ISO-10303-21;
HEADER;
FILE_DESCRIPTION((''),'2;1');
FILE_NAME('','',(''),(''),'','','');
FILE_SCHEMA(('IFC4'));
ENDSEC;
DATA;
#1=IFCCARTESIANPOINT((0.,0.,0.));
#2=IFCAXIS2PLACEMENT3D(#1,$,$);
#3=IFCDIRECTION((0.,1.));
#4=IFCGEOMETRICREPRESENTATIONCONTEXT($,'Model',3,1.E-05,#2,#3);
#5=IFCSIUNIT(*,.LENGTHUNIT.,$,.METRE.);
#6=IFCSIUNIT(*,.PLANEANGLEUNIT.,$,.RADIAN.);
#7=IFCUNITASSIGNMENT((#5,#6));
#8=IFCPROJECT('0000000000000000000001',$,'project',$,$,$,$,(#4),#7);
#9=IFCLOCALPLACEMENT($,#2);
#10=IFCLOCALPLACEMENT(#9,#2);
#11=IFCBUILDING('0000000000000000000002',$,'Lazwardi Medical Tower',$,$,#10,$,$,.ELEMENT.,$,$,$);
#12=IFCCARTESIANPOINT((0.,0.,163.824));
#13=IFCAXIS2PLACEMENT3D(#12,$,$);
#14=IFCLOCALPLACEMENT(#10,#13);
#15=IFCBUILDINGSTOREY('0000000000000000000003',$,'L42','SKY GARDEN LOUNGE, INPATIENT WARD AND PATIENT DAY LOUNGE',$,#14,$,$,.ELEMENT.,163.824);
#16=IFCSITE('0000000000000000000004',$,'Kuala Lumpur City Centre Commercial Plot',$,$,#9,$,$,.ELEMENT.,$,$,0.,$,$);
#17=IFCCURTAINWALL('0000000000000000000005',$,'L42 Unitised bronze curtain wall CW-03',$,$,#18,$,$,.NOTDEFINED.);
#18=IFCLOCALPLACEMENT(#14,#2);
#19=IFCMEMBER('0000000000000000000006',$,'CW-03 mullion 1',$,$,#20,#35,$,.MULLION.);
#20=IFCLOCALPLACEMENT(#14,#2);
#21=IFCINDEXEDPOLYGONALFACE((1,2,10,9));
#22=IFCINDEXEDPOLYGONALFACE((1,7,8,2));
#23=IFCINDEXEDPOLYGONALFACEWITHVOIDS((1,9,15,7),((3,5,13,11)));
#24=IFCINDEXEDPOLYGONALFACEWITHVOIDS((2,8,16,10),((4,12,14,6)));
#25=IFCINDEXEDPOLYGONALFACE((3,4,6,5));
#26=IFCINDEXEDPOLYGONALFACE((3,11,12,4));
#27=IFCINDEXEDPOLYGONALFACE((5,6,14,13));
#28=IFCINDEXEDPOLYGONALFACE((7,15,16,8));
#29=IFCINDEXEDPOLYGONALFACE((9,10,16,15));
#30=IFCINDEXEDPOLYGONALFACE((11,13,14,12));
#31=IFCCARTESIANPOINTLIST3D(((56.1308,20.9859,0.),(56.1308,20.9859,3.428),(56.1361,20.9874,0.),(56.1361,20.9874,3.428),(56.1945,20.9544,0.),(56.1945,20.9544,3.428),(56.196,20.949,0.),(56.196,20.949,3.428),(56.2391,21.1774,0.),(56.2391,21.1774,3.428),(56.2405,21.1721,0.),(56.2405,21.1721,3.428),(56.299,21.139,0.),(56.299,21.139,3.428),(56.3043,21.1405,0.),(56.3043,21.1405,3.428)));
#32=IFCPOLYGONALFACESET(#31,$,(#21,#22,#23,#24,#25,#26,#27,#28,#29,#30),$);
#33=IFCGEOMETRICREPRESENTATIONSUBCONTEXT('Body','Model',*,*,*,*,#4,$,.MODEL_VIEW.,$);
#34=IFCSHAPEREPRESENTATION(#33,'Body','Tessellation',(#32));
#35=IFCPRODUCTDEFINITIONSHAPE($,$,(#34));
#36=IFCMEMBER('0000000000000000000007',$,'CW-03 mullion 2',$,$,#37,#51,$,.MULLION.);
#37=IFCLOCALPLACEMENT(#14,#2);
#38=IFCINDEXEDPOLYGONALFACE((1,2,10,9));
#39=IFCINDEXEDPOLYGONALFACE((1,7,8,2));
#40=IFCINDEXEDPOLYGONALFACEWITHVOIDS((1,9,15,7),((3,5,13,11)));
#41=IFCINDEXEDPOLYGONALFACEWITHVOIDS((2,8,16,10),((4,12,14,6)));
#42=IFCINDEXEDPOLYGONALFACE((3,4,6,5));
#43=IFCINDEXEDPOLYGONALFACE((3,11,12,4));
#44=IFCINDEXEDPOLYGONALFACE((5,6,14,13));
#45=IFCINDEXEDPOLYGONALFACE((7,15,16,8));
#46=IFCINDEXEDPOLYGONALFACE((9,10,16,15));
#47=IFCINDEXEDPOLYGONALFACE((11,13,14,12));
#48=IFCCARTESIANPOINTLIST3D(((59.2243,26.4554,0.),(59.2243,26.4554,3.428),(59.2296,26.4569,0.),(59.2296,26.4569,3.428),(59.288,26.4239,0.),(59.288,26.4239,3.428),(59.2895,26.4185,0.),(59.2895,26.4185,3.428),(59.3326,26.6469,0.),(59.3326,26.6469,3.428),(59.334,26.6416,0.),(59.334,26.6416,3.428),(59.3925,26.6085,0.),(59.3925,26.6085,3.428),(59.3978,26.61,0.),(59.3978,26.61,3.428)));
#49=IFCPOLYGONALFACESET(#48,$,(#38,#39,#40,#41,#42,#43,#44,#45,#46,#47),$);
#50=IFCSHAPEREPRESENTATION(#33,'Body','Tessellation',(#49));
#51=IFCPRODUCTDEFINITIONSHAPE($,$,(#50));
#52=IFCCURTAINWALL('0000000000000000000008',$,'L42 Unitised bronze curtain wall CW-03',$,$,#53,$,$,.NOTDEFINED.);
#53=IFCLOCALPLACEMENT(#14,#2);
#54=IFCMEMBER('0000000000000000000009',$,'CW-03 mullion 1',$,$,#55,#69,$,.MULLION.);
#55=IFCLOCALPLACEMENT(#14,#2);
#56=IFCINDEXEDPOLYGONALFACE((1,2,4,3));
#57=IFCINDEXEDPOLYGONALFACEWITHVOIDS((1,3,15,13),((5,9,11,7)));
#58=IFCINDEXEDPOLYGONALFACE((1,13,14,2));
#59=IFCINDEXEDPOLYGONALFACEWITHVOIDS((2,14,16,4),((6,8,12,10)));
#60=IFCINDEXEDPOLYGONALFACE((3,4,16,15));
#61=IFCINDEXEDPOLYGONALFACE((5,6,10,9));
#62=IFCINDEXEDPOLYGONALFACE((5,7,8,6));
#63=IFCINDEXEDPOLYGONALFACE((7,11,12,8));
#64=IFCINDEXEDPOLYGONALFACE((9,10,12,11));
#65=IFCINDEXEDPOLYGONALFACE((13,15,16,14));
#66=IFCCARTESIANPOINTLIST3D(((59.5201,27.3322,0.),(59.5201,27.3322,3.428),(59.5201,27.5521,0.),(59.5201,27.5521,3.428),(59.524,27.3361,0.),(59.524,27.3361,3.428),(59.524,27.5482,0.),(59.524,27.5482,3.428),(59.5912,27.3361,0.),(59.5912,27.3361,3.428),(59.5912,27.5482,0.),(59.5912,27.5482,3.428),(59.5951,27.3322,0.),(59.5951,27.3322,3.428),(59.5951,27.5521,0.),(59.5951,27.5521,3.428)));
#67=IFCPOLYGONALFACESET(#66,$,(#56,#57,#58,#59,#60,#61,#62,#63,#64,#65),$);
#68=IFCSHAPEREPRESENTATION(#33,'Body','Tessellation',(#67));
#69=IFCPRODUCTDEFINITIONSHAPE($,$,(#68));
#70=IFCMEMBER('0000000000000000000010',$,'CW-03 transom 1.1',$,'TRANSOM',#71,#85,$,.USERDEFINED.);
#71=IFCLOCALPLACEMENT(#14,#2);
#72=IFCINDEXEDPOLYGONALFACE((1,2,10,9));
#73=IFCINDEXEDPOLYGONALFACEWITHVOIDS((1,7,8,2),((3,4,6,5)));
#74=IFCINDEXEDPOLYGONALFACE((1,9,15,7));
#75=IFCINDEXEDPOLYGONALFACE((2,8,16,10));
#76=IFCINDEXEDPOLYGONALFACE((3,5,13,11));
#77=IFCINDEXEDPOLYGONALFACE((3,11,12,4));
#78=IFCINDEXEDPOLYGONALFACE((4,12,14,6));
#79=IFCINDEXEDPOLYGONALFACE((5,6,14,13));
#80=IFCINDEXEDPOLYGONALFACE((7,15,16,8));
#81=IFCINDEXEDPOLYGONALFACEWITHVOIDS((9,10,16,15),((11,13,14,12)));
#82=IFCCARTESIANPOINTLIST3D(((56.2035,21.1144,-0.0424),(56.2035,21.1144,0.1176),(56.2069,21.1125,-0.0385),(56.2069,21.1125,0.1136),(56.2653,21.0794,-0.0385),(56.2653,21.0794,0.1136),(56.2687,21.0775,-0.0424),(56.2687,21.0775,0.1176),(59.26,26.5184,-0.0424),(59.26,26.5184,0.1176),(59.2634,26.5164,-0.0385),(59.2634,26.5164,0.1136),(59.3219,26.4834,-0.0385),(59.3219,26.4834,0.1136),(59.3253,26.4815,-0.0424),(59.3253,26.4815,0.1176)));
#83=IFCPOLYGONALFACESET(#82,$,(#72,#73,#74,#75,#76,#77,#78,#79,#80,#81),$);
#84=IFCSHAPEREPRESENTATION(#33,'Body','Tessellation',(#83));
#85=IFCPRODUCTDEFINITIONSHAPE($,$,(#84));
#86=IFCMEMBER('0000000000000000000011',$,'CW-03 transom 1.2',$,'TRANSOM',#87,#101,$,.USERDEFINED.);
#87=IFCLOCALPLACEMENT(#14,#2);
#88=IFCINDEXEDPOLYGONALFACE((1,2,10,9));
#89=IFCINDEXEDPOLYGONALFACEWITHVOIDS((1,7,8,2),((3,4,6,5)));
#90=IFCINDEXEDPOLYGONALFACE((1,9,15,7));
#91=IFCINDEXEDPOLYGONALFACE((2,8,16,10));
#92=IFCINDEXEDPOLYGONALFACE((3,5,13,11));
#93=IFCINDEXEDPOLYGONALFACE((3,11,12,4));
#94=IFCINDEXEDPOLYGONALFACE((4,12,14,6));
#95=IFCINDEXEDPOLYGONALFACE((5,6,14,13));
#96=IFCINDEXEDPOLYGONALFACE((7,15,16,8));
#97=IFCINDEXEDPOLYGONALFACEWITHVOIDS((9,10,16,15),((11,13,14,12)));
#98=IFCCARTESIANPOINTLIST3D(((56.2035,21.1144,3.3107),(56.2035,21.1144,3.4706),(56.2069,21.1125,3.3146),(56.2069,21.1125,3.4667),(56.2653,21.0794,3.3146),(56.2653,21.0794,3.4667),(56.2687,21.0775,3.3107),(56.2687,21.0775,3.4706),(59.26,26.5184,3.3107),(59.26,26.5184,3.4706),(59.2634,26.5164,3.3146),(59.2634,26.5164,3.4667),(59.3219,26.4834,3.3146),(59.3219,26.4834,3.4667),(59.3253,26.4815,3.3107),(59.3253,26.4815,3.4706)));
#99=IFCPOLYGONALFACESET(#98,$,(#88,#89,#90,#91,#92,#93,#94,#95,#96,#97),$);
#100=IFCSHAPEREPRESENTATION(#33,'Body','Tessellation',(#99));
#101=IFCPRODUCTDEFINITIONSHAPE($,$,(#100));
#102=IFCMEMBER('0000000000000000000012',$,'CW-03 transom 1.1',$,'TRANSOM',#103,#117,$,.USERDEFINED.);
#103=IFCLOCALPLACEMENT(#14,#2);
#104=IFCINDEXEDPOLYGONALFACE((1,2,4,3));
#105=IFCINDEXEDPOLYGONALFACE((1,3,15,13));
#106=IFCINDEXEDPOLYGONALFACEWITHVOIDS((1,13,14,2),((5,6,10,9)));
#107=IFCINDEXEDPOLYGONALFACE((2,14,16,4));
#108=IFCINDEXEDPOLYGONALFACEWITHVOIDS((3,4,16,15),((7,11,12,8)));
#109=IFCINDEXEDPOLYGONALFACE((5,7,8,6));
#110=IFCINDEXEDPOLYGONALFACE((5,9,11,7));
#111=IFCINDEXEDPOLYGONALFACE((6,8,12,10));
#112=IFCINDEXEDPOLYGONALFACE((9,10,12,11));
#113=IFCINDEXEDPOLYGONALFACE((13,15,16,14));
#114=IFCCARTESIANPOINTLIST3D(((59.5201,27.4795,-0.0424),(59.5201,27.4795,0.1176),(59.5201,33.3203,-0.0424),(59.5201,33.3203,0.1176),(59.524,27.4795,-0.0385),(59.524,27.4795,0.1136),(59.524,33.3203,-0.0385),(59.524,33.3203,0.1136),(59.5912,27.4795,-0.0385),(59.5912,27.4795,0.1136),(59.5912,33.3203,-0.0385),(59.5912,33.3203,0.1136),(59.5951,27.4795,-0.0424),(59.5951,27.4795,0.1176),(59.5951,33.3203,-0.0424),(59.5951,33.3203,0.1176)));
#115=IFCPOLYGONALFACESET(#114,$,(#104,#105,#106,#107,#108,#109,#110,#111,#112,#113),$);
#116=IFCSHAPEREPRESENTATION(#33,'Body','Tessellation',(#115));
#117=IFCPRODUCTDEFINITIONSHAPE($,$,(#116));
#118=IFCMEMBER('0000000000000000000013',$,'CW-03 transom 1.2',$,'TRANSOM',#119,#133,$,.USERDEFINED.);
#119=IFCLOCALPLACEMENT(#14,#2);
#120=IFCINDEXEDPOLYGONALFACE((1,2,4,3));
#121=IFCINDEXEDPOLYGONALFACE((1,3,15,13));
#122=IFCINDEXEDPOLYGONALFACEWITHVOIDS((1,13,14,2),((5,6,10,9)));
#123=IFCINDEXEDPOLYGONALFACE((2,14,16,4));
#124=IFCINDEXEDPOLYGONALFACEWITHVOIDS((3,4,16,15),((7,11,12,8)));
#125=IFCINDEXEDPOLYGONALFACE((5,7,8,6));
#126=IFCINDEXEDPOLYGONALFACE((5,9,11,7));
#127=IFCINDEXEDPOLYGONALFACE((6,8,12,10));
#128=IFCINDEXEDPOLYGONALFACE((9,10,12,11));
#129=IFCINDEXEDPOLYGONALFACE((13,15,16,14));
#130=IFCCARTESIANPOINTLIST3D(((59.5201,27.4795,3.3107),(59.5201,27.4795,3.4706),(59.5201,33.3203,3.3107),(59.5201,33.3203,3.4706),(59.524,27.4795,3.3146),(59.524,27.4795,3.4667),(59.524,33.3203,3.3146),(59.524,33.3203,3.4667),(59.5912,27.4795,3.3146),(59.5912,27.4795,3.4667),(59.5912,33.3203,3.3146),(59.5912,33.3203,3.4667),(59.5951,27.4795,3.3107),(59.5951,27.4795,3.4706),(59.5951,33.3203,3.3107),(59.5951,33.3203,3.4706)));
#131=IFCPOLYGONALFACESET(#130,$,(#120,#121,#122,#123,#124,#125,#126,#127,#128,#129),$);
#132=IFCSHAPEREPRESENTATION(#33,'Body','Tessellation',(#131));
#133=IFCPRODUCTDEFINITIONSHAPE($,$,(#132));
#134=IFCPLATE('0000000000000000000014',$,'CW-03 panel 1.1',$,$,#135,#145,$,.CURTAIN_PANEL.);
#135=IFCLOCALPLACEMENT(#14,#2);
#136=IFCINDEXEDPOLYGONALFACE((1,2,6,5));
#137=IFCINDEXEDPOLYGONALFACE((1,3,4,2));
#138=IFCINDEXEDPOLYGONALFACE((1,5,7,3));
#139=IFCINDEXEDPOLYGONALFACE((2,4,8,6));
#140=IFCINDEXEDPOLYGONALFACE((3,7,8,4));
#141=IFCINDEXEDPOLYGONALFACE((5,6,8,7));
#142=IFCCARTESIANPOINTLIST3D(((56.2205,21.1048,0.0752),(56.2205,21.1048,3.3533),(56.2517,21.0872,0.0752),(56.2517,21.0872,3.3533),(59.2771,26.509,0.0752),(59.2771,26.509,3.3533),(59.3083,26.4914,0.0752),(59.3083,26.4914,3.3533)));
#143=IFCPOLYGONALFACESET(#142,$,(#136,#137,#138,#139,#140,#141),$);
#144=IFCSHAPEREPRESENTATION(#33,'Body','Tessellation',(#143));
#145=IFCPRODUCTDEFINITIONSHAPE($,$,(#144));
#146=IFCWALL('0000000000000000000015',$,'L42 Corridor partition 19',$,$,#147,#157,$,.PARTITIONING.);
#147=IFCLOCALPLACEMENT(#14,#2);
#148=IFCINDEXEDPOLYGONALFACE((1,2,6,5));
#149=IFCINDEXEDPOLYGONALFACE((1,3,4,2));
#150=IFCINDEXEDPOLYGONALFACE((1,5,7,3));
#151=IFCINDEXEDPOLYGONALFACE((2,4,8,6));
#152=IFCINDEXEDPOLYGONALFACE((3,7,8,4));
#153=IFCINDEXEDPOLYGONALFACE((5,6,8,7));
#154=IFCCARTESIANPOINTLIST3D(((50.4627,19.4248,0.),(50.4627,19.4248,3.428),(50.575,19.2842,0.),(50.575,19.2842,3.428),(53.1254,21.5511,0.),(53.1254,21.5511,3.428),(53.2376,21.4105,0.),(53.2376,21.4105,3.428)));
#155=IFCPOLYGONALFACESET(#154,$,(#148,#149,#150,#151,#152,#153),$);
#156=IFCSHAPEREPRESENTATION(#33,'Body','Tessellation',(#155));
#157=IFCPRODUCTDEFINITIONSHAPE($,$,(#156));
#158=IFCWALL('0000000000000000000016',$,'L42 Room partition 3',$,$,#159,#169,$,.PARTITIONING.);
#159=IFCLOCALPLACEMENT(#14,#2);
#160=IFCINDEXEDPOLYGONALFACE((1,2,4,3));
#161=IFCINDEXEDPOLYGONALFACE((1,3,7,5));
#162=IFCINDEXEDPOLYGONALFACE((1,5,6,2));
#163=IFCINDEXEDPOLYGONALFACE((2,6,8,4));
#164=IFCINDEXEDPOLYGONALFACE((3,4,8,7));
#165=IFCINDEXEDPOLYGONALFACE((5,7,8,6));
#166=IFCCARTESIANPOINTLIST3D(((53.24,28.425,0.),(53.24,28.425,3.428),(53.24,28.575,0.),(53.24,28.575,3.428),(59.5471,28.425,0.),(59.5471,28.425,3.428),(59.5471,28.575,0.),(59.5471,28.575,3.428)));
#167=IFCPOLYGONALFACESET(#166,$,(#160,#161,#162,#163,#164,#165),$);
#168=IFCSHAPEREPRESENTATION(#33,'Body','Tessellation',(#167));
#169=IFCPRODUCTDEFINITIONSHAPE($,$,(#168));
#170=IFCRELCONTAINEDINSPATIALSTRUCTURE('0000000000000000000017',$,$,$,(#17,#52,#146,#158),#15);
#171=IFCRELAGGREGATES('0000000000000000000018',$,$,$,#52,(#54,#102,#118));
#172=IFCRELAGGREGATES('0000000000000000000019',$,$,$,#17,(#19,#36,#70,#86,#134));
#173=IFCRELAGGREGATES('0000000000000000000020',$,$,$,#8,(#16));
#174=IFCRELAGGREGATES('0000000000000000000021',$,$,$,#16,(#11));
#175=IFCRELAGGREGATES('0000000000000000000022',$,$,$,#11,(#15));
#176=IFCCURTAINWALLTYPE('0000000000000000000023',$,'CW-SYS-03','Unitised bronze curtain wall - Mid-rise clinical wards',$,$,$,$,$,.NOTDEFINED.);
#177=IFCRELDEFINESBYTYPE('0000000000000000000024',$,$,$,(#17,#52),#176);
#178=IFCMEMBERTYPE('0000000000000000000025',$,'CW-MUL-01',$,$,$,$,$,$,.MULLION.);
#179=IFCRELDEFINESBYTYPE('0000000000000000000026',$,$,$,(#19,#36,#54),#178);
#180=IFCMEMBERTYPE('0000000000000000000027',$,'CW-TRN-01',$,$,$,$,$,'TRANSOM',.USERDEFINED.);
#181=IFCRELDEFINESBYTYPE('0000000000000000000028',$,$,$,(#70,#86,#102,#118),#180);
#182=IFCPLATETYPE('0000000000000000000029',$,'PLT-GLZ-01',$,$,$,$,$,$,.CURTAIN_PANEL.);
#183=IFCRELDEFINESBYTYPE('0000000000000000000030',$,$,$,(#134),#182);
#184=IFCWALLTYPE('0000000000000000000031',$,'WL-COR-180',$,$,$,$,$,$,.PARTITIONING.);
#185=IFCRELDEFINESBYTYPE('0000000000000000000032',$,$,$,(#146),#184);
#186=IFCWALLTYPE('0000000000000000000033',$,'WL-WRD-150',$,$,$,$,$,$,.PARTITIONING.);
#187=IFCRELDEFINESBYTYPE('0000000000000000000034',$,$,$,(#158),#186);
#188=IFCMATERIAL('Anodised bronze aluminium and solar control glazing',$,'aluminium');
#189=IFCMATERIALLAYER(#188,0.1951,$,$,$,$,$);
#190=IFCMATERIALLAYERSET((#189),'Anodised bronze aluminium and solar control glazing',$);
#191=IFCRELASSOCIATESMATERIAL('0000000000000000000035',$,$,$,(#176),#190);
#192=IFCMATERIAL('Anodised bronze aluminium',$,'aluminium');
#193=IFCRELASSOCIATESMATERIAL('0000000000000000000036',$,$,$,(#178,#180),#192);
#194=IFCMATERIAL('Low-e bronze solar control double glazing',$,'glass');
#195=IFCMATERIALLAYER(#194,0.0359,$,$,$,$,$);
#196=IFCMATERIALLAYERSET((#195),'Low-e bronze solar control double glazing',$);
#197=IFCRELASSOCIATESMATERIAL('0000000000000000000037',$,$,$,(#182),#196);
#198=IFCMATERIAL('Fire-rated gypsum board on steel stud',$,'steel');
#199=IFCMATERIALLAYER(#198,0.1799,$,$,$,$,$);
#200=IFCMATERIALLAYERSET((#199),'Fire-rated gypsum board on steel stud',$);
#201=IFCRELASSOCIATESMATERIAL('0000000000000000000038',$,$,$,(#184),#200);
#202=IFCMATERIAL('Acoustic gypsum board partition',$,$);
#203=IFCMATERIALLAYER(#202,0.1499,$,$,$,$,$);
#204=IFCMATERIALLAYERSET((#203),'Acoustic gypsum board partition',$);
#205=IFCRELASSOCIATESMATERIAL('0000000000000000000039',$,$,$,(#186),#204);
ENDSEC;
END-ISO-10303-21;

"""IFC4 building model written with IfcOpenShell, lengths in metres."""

from ifc_helpers import new_model, si_unit, direction, frame, frame_2d, origin, origin_2d, place, context, subcontext, project, spatial, rectangle, hollow_rectangle, extrude, material, layer, layer_set, material_profile, profile_set, type_object, element, aggregate, save


model = new_model("IFC4")

# Units and contexts
model_context = context("Model", 3, precision=1e-05, world=origin(), true_north=direction((0.0, 1.0)))
body_context = subcontext(model_context, "Body", "Model", "MODEL_VIEW")
ifc_project = project(units=[si_unit("LENGTHUNIT", "METRE"), si_unit("PLANEANGLEUNIT", "RADIAN")], contexts=[model_context])

# Site, building, storey
site_placement = place(None, origin())
site = spatial("IfcSite", under=ifc_project, at=site_placement, Name="Kuala Lumpur City Centre Commercial Plot", CompositionType="ELEMENT", RefElevation=0.0)
building_placement = place(site_placement, origin())
building = spatial("IfcBuilding", under=site, at=building_placement, Name="Lazwardi Medical Tower", CompositionType="ELEMENT")
storey_placement = place(building_placement, frame((0.0, 0.0, 163.824)))
storey = spatial("IfcBuildingStorey", under=building, at=storey_placement, Name="L42", Description="SKY GARDEN LOUNGE, INPATIENT WARD AND PATIENT DAY LOUNGE", CompositionType="ELEMENT", Elevation=163.824)

# Curtain wall, members
ifc_material_1 = material(Name="Anodised bronze aluminium and solar control glazing", Category="aluminium")
ifc_layer_1 = layer(ifc_material_1, 0.1951)
ifc_layer_set_1 = layer_set([ifc_layer_1], Name="Anodised bronze aluminium and solar control glazing")
curtain_wall_type = type_object("IfcCurtainWallType", Name="CW-SYS-03", Description="Unitised bronze curtain wall - Mid-rise clinical wards", PredefinedType="NOTDEFINED", material=ifc_layer_set_1)
curtain_wall_1_placement = place(storey_placement, origin())
curtain_wall_1 = element("IfcCurtainWall", 1, at=curtain_wall_1_placement, inside=storey, type_object=curtain_wall_type, Name="L42 Unitised bronze curtain wall CW-03", PredefinedType="NOTDEFINED")
ifc_material_2 = material(Name="Anodised bronze aluminium", Category="aluminium")
ifc_material_profile_1 = material_profile(ifc_material_2, hollow_rectangle(XDim=0.075, YDim=0.22, WallThickness=0.0039, at=origin_2d()), Name="ALU-MULLION 220x75x4")
ifc_profile_set_1 = profile_set([ifc_material_profile_1], Name="Anodised bronze aluminium")
member_type_1 = type_object("IfcMemberType", Name="CW-MUL-01", PredefinedType="MULLION", material=ifc_profile_set_1)
member_1_placement = place(storey_placement, frame((56.2175, 21.0632, 0.0), z_axis=(0.0, 0.0, 1.0), x_axis=(-0.870419, 0.492312, 0.0)))
member_1 = element("IfcMember", 2, at=member_1_placement, type_object=member_type_1, Name="CW-03 mullion 1", PredefinedType="MULLION", context=body_context, shape_type="SweptSolid", body=[
    extrude(hollow_rectangle(XDim=0.075, YDim=0.22, WallThickness=0.0039, at=origin_2d()), origin(), (0.0, 0.0, 1.0), 3.428),
])
member_2_placement = place(storey_placement, frame((59.311, 26.5327, 0.0), z_axis=(0.0, 0.0, 1.0), x_axis=(-0.870419, 0.492312, 0.0)))
member_2 = element("IfcMember", 3, at=member_2_placement, type_object=member_type_1, Name="CW-03 mullion 2", PredefinedType="MULLION", context=body_context, shape_type="SweptSolid", body=[
    extrude(hollow_rectangle(XDim=0.075, YDim=0.22, WallThickness=0.0039, at=origin_2d()), origin(), (0.0, 0.0, 1.0), 3.428),
])

# Curtain wall, member
curtain_wall_2_placement = place(storey_placement, origin())
curtain_wall_2 = element("IfcCurtainWall", 4, at=curtain_wall_2_placement, inside=storey, type_object=curtain_wall_type, Name="L42 Unitised bronze curtain wall CW-03", PredefinedType="NOTDEFINED")
member_3_placement = place(storey_placement, frame((59.5576, 27.4421, 0.0), z_axis=(0.0, 0.0, 1.0), x_axis=(-1.0, 0.0, 0.0)))
member_3 = element("IfcMember", 5, at=member_3_placement, type_object=member_type_1, Name="CW-03 mullion 1", PredefinedType="MULLION", context=body_context, shape_type="SweptSolid", body=[
    extrude(hollow_rectangle(XDim=0.075, YDim=0.22, WallThickness=0.0039, at=origin_2d()), origin(), (0.0, 0.0, 1.0), 3.428),
])

# Members
ifc_material_profile_2 = material_profile(ifc_material_2, hollow_rectangle(XDim=0.075, YDim=0.1599, WallThickness=0.0039, at=origin_2d()), Name="ALU-TRANSOM 160x75x4")
ifc_profile_set_2 = profile_set([ifc_material_profile_2], Name="Anodised bronze aluminium")
member_type_2 = type_object("IfcMemberType", Name="CW-TRN-01", ElementType="TRANSOM", PredefinedType="USERDEFINED", material=ifc_profile_set_2)
member_4_placement = place(storey_placement, frame((56.2361, 21.0959, 0.0376), z_axis=(0.492323, 0.870413, 0.0), x_axis=(-0.870413, 0.492323, 0.0)))
member_4 = element("IfcMember", 6, at=member_4_placement, type_object=member_type_2, Name="CW-03 transom 1.1", ObjectType="TRANSOM", PredefinedType="USERDEFINED", context=body_context, shape_type="SweptSolid", body=[
    extrude(hollow_rectangle(XDim=0.075, YDim=0.1599, WallThickness=0.0039, at=origin_2d()), origin(), (0.0, 0.0, 1.0), 6.2085),
])
member_5_placement = place(storey_placement, frame((56.2361, 21.0959, 3.3906), z_axis=(0.492323, 0.870413, 0.0), x_axis=(-0.870413, 0.492323, 0.0)))
member_5 = element("IfcMember", 7, at=member_5_placement, type_object=member_type_2, Name="CW-03 transom 1.2", ObjectType="TRANSOM", PredefinedType="USERDEFINED", context=body_context, shape_type="SweptSolid", body=[
    extrude(hollow_rectangle(XDim=0.075, YDim=0.1599, WallThickness=0.0039, at=origin_2d()), origin(), (0.0, 0.0, 1.0), 6.2085),
])
member_6_placement = place(storey_placement, frame((59.5576, 27.4795, 0.0376), z_axis=(0.0, 1.0, 0.0), x_axis=(-1.0, 0.0, 0.0)))
member_6 = element("IfcMember", 8, at=member_6_placement, type_object=member_type_2, Name="CW-03 transom 1.1", ObjectType="TRANSOM", PredefinedType="USERDEFINED", context=body_context, shape_type="SweptSolid", body=[
    extrude(hollow_rectangle(XDim=0.075, YDim=0.1599, WallThickness=0.0039, at=origin_2d()), origin(), (0.0, 0.0, 1.0), 5.8408),
])
member_7_placement = place(storey_placement, frame((59.5576, 27.4795, 3.3906), z_axis=(0.0, 1.0, 0.0), x_axis=(-1.0, 0.0, 0.0)))
member_7 = element("IfcMember", 9, at=member_7_placement, type_object=member_type_2, Name="CW-03 transom 1.2", ObjectType="TRANSOM", PredefinedType="USERDEFINED", context=body_context, shape_type="SweptSolid", body=[
    extrude(hollow_rectangle(XDim=0.075, YDim=0.1599, WallThickness=0.0039, at=origin_2d()), origin(), (0.0, 0.0, 1.0), 5.8408),
])
aggregate(curtain_wall_2, [member_3, member_6, member_7])

# Plate
ifc_material_3 = material(Name="Low-e bronze solar control double glazing", Category="glass")
ifc_layer_2 = layer(ifc_material_3, 0.0359)
ifc_layer_set_2 = layer_set([ifc_layer_2], Name="Low-e bronze solar control double glazing")
plate_type = type_object("IfcPlateType", Name="PLT-GLZ-01", PredefinedType="CURTAIN_PANEL", material=ifc_layer_set_2)
plate_placement = place(storey_placement, frame((57.7644, 23.7981, 0.0752), z_axis=(0.0, 0.0, 1.0), x_axis=(0.492312, 0.870419, 0.0)))
plate = element("IfcPlate", 10, at=plate_placement, type_object=plate_type, Name="CW-03 panel 1.1", PredefinedType="CURTAIN_PANEL", context=body_context, shape_type="SweptSolid", body=[
    extrude(rectangle(XDim=6.2087, YDim=0.0359, at=origin_2d()), origin(), (0.0, 0.0, 1.0), 3.2781),
])
aggregate(curtain_wall_1, [member_1, member_2, member_4, member_5, plate])

# Walls
ifc_material_4 = material(Name="Fire-rated gypsum board on steel stud", Category="steel")
ifc_layer_3 = layer(ifc_material_4, 0.1799)
ifc_layer_set_3 = layer_set([ifc_layer_3], Name="Fire-rated gypsum board on steel stud")
wall_type_1 = type_object("IfcWallType", Name="WL-COR-180", PredefinedType="PARTITIONING", material=ifc_layer_set_3)
wall_1_placement = place(storey_placement, frame((53.1814, 21.4807, 0.0), z_axis=(0.0, 0.0, 1.0), x_axis=(-0.781421, -0.624005, 0.0)))
element("IfcWall", 11, at=wall_1_placement, inside=storey, type_object=wall_type_1, Name="L42 Corridor partition 19", PredefinedType="PARTITIONING", context=body_context, shape_type="SweptSolid", body=[
    extrude(rectangle(XDim=3.4075, YDim=0.1799, at=frame_2d((1.7036, 0.0))), origin(), (0.0, 0.0, 1.0), 3.428),
])
ifc_material_5 = material(Name="Acoustic gypsum board partition")
ifc_layer_4 = layer(ifc_material_5, 0.1499)
ifc_layer_set_4 = layer_set([ifc_layer_4], Name="Acoustic gypsum board partition")
wall_type_2 = type_object("IfcWallType", Name="WL-WRD-150", PredefinedType="PARTITIONING", material=ifc_layer_set_4)
wall_2_placement = place(storey_placement, frame((53.24, 28.5, 0.0), z_axis=(0.0, 0.0, 1.0), x_axis=(1.0, 0.0, 0.0)))
element("IfcWall", 12, at=wall_2_placement, inside=storey, type_object=wall_type_2, Name="L42 Room partition 3", PredefinedType="PARTITIONING", context=body_context, shape_type="SweptSolid", body=[
    extrude(rectangle(XDim=6.3071, YDim=0.1499, at=frame_2d((3.1536, 0.0))), origin(), (0.0, 0.0, 1.0), 3.428),
])

save(model, "model.ifc")
